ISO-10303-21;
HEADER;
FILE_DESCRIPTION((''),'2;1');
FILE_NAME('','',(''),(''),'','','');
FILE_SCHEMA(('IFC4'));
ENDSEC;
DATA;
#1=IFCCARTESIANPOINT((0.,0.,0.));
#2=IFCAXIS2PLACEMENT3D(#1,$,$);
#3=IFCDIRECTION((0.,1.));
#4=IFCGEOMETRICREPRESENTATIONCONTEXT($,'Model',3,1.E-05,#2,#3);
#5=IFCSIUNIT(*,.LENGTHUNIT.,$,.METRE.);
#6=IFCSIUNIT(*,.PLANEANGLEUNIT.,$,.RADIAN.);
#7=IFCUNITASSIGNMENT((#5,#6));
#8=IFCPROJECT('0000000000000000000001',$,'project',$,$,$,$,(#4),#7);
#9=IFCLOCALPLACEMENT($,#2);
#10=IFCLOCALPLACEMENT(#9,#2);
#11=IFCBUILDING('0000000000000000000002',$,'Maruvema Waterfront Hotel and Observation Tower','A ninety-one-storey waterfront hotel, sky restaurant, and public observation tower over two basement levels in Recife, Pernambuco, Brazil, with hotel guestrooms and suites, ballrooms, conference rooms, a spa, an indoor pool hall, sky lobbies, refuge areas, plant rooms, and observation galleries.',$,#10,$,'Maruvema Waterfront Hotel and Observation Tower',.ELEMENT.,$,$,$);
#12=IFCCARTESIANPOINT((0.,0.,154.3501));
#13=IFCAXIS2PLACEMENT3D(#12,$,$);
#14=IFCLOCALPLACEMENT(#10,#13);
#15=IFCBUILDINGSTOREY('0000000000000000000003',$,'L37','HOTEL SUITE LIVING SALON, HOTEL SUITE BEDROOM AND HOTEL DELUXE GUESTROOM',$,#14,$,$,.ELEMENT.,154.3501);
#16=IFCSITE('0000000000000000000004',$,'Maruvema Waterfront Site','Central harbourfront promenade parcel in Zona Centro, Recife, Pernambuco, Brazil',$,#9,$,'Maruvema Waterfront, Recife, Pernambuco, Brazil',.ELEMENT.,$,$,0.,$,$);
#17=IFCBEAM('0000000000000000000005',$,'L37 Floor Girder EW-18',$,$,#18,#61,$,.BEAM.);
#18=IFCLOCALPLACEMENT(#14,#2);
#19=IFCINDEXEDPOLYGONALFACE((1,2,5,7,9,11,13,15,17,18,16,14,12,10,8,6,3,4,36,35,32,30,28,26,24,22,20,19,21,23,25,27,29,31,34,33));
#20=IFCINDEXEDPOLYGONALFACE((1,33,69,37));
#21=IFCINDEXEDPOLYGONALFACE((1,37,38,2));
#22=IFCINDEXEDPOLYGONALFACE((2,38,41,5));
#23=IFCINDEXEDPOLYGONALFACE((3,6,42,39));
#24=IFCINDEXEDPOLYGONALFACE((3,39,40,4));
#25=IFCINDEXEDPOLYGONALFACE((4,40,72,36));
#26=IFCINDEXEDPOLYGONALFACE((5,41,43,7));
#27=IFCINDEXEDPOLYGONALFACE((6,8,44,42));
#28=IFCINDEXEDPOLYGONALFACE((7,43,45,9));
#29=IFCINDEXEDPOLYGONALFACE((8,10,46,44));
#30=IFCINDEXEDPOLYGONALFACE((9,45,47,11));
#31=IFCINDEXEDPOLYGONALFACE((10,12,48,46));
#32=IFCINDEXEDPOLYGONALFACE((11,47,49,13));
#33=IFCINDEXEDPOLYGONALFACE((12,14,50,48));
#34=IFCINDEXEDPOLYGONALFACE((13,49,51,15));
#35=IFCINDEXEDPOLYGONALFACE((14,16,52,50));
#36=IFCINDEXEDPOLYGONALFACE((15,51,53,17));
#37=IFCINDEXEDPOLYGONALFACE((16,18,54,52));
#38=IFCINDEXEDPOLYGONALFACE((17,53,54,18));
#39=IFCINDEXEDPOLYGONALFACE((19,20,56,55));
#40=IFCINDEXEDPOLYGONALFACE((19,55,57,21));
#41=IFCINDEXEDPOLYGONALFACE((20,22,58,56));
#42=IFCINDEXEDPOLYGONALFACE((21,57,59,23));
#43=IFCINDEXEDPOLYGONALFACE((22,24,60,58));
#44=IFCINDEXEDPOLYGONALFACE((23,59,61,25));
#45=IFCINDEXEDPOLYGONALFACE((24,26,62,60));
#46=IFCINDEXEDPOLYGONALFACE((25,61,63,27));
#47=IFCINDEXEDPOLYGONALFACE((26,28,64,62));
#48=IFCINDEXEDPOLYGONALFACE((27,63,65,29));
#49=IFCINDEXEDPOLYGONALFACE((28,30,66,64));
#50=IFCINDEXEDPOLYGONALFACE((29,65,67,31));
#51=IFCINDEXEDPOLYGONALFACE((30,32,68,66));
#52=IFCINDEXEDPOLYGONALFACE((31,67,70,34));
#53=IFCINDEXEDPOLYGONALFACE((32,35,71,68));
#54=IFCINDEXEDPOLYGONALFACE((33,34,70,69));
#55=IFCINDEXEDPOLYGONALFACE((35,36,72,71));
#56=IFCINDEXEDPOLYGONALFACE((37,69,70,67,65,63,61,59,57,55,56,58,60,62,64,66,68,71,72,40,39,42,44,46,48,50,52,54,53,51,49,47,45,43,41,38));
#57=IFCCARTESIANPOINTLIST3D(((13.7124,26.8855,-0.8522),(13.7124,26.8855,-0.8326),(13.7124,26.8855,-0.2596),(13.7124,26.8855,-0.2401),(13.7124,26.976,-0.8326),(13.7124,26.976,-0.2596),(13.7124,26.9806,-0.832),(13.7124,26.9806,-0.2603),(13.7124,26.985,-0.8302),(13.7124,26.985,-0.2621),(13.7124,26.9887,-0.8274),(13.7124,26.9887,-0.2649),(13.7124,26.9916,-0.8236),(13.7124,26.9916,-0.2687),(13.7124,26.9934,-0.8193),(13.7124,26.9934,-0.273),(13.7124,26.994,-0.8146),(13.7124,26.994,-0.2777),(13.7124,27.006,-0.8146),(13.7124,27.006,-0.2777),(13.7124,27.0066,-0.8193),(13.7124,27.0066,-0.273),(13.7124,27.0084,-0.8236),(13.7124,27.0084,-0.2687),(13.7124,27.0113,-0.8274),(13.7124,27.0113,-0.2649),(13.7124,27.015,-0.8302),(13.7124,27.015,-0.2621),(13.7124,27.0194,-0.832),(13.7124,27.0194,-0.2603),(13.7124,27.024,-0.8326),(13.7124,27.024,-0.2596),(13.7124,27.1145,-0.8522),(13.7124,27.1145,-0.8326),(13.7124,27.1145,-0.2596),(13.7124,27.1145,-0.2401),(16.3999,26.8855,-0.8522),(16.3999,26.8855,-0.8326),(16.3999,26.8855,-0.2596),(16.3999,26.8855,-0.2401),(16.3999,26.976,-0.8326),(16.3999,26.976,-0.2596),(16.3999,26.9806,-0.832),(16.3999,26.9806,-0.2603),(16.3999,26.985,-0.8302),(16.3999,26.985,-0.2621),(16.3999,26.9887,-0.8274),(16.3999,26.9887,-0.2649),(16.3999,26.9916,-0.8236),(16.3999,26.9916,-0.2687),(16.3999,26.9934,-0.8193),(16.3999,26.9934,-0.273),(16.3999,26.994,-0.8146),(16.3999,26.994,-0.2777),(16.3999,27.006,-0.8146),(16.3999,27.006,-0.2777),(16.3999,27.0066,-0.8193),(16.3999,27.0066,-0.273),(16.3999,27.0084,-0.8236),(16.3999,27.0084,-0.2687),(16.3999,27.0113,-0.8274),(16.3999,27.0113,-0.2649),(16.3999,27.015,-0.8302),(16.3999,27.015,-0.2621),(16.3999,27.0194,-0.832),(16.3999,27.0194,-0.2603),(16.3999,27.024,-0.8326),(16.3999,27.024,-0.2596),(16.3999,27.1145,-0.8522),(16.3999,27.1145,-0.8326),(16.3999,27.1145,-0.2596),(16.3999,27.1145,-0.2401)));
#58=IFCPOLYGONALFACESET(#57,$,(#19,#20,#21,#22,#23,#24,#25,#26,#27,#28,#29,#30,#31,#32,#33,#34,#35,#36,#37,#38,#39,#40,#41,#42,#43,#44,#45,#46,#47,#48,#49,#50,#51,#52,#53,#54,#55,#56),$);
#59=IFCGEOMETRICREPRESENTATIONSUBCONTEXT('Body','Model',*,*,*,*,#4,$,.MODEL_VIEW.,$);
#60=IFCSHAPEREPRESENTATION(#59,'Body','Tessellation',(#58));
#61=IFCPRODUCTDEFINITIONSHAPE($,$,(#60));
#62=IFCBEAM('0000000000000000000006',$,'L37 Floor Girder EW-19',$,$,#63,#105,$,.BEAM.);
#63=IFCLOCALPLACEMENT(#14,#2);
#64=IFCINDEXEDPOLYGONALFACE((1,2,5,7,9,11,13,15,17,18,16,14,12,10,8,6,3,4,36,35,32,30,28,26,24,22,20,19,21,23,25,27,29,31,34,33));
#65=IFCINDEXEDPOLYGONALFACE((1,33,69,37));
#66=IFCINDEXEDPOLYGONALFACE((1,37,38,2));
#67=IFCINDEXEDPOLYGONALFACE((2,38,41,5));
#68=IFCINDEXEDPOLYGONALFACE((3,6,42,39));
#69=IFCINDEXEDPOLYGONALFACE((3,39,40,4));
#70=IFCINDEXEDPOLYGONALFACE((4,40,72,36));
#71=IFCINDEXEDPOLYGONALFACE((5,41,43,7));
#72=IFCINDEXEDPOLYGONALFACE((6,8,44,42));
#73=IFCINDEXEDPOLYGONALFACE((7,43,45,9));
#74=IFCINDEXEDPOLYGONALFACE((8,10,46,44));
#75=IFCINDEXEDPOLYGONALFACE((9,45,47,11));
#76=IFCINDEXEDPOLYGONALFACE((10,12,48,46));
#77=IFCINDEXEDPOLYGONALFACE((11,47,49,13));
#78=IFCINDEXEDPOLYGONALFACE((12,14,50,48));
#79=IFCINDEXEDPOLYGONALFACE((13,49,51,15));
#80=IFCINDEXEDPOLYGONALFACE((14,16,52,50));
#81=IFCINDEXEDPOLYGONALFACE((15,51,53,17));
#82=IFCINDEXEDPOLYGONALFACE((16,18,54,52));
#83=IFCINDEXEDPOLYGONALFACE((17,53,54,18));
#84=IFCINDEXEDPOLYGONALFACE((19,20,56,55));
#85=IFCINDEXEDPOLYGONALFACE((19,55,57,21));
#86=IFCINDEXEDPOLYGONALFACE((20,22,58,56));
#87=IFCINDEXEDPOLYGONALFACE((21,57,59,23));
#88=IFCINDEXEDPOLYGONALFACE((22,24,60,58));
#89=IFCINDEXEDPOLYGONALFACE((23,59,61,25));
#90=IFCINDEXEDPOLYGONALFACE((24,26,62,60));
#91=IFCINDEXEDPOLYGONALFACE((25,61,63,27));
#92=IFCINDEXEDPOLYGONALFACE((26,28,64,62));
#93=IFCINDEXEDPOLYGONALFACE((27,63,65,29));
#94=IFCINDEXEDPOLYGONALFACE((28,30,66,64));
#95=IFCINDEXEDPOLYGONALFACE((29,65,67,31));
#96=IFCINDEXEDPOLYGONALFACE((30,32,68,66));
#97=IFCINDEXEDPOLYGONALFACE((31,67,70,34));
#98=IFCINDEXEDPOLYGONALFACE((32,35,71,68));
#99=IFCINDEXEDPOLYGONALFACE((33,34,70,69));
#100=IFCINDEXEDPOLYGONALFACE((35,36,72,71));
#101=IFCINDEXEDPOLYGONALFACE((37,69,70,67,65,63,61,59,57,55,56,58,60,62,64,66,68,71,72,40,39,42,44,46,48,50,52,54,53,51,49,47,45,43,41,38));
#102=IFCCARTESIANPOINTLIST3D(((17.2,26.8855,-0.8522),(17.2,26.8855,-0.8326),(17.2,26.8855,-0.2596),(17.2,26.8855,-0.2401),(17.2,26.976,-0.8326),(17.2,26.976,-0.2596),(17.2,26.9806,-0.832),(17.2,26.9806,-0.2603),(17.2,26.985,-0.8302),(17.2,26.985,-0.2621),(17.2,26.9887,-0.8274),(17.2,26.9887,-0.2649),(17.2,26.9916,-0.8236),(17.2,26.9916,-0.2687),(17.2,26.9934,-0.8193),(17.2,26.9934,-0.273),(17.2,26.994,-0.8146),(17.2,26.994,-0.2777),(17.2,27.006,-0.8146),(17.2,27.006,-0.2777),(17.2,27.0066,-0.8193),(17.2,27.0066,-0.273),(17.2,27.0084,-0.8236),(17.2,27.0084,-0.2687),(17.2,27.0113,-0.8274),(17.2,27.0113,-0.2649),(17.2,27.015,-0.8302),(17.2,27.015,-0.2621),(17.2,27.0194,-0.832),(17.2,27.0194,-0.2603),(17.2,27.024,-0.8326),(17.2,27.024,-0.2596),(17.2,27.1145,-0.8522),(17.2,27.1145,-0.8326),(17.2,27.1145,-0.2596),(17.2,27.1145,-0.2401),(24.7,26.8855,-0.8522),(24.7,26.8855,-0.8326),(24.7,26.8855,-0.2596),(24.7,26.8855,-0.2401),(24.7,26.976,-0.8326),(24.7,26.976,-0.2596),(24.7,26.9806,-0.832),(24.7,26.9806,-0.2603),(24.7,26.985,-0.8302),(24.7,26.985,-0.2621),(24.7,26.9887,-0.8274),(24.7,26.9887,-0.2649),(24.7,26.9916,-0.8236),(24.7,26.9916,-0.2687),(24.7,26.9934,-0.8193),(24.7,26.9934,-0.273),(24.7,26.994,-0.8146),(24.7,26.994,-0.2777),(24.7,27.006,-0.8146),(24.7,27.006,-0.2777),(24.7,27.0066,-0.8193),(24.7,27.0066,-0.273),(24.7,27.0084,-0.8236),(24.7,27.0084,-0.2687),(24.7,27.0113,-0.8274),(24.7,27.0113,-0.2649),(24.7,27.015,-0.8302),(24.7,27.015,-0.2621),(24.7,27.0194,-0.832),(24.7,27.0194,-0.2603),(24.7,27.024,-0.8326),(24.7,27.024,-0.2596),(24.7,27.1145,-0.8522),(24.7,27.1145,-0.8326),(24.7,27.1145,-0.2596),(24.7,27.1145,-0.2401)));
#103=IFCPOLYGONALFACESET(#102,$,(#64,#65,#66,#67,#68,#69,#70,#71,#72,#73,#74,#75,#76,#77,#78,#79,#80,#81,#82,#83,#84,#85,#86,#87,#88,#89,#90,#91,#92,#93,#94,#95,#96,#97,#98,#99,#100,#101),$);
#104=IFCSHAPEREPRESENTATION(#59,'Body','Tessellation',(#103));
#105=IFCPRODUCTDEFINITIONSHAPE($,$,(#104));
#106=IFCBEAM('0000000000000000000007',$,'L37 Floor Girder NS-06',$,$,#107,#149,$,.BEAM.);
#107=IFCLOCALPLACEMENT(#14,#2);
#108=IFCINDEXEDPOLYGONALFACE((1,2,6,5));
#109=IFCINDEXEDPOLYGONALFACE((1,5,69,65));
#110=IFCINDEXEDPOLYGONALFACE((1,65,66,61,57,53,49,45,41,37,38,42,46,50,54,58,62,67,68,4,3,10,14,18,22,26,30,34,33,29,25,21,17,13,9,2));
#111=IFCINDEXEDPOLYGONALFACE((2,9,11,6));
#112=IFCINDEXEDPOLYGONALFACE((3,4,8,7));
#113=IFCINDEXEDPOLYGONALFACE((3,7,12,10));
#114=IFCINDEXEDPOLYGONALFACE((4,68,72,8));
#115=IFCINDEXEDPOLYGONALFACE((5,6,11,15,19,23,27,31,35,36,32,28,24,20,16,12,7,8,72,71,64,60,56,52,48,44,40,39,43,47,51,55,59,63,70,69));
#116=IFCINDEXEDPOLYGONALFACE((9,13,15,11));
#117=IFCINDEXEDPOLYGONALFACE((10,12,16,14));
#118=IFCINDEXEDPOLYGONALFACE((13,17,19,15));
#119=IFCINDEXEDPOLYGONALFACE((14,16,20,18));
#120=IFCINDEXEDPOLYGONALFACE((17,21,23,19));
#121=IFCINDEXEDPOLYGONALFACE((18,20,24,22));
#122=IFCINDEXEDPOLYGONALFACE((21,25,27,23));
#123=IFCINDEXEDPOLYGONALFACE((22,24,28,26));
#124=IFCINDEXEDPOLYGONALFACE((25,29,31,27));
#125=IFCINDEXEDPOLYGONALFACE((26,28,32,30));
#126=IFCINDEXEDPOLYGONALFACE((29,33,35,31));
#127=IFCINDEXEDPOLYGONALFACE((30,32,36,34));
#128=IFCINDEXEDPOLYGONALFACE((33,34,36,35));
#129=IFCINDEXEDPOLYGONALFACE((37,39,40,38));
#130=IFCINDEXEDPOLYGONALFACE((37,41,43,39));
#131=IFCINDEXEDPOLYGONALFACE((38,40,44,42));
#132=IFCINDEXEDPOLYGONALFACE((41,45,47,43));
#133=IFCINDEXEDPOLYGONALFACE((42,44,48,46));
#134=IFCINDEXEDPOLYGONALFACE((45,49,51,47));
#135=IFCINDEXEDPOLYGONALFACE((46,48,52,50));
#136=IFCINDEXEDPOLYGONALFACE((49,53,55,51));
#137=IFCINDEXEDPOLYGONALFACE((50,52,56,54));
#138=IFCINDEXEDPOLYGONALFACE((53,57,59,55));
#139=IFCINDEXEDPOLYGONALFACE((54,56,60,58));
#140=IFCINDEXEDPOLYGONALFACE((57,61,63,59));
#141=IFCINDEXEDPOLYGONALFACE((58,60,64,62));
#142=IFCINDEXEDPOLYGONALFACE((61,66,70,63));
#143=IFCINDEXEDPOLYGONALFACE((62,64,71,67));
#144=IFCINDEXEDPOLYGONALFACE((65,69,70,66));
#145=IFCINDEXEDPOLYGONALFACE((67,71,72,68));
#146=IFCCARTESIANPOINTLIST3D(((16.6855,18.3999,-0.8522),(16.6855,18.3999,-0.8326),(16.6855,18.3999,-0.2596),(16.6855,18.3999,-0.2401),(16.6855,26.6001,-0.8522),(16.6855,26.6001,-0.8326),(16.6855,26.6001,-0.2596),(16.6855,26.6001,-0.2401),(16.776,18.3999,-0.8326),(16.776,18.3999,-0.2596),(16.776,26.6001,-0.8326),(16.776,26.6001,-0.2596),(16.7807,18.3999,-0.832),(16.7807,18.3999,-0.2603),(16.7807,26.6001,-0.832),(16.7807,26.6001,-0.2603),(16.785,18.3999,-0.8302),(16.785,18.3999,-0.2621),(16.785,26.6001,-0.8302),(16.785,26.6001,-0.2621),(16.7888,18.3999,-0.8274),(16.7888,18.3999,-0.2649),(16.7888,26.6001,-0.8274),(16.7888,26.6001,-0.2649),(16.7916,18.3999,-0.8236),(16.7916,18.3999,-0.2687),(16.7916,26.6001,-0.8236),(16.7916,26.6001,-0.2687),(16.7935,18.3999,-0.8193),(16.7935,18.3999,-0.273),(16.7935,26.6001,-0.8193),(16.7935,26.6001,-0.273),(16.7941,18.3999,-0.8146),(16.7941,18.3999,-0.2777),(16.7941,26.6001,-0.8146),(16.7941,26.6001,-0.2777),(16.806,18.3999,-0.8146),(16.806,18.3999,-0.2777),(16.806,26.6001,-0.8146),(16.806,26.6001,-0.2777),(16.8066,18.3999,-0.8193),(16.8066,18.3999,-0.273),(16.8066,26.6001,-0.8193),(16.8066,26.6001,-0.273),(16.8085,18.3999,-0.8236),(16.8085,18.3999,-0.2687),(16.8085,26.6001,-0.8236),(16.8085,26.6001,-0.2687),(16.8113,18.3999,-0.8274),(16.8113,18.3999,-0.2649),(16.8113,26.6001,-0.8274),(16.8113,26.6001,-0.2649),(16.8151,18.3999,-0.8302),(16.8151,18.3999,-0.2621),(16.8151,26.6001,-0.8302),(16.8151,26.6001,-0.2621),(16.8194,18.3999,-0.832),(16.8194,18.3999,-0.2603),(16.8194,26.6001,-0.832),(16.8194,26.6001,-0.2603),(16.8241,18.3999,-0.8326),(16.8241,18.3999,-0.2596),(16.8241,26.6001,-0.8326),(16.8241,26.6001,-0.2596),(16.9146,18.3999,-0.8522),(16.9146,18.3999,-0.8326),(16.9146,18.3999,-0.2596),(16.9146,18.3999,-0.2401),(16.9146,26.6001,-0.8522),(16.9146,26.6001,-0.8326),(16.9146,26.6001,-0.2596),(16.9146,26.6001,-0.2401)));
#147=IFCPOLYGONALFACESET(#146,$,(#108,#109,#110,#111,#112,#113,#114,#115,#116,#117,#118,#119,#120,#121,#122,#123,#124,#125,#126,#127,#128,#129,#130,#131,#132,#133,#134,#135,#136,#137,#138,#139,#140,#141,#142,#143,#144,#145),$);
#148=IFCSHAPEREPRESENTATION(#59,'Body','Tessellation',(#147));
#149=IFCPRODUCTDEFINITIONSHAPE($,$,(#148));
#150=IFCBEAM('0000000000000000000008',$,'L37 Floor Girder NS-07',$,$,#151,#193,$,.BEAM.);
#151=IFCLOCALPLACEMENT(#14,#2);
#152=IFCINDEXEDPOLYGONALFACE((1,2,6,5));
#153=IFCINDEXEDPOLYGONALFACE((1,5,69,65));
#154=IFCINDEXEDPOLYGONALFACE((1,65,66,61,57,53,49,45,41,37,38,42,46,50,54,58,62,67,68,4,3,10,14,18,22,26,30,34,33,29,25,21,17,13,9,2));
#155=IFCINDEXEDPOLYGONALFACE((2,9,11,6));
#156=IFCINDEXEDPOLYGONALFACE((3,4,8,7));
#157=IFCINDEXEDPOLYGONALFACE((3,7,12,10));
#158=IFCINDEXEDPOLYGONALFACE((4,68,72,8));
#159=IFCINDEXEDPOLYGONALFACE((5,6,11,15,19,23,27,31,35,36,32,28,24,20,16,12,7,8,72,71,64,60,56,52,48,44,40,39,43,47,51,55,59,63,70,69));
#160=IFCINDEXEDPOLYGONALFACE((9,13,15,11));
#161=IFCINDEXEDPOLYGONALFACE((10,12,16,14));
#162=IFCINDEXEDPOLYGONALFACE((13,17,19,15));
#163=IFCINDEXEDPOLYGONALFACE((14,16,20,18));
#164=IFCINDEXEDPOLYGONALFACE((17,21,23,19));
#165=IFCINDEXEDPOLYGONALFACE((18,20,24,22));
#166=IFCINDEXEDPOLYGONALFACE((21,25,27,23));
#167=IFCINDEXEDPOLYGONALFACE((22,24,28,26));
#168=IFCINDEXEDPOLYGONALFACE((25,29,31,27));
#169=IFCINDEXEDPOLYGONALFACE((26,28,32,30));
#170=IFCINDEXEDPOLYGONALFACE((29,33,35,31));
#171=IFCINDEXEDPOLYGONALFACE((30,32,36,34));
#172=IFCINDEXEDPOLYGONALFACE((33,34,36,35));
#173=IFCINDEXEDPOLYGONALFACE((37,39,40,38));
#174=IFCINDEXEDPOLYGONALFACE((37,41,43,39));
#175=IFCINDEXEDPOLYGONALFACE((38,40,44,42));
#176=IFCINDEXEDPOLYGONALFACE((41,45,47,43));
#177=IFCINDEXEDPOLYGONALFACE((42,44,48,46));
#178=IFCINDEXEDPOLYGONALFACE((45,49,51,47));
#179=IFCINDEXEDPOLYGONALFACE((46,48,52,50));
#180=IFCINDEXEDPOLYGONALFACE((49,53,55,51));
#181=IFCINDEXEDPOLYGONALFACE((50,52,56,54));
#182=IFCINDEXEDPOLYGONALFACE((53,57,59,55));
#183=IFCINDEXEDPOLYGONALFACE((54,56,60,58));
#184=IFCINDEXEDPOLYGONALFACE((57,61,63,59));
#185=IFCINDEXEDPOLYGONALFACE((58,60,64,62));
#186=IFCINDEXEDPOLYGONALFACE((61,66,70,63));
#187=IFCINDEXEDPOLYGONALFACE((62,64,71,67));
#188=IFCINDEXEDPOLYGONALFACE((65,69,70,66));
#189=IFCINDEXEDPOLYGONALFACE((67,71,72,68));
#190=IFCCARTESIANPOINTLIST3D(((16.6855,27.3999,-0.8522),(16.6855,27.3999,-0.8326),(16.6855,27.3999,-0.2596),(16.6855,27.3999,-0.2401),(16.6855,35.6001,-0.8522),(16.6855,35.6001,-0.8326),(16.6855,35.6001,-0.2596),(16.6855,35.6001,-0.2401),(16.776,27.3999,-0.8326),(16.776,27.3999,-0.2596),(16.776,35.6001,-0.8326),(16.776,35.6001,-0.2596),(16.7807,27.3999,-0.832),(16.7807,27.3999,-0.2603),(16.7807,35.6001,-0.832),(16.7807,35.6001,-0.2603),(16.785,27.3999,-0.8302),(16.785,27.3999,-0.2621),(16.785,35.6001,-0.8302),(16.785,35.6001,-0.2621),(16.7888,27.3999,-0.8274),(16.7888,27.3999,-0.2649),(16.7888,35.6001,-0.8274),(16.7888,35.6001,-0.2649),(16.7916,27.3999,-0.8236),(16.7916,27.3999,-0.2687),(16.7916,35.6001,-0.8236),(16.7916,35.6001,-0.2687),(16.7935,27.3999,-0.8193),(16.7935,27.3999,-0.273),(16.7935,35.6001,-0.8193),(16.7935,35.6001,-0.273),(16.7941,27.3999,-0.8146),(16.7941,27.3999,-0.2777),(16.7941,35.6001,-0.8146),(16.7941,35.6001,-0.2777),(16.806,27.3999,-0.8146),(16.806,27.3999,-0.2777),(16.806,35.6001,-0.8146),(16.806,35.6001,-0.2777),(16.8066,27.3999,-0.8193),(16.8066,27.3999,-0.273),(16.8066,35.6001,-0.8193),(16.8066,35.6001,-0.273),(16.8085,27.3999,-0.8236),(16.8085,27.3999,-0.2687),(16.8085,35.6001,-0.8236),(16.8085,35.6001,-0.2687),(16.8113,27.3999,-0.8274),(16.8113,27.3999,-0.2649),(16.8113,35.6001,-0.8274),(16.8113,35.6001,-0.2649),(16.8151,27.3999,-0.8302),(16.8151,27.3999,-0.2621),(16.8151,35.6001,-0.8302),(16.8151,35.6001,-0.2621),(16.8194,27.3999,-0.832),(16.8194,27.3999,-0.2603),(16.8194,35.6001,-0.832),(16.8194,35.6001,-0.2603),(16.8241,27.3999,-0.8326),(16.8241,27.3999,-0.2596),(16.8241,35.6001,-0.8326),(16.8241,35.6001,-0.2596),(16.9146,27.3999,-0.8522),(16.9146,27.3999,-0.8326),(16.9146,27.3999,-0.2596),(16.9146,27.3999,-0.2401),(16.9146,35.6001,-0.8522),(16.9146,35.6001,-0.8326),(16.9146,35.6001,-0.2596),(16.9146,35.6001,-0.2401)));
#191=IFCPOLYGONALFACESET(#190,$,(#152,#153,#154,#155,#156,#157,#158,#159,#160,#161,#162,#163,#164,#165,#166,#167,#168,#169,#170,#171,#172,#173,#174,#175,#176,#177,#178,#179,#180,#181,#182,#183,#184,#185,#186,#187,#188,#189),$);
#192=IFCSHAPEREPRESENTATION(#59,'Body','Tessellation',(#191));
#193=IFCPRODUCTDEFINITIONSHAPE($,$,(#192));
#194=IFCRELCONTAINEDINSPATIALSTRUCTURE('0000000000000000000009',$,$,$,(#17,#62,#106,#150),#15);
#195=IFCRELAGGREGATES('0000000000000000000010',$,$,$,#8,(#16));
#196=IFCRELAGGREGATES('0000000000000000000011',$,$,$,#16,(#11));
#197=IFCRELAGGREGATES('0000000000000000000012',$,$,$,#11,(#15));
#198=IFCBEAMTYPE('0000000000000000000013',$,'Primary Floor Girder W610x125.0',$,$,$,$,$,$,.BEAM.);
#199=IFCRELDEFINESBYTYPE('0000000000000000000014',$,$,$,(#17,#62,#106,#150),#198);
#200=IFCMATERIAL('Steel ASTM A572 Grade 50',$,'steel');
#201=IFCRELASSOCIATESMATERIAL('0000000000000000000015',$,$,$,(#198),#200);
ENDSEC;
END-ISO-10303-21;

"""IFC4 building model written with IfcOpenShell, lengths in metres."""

from ifc_helpers import new_model, si_unit, direction, frame, origin, origin_2d, place, context, subcontext, project, spatial, i_section, extrude, material, material_profile, profile_set, type_object, element, save


model = new_model("IFC4")

# Units and contexts
model_context = context("Model", 3, precision=1e-05, world=origin(), true_north=direction((0.0, 1.0)))
body_context = subcontext(model_context, "Body", "Model", "MODEL_VIEW")
ifc_project = project(units=[si_unit("LENGTHUNIT", "METRE"), si_unit("PLANEANGLEUNIT", "RADIAN")], contexts=[model_context])

# Site, building, storey
site_placement = place(None, origin())
site = spatial("IfcSite", under=ifc_project, at=site_placement, Name="Maruvema Waterfront Site", Description="Central harbourfront promenade parcel in Zona Centro, Recife, Pernambuco, Brazil", LongName="Maruvema Waterfront, Recife, Pernambuco, Brazil", CompositionType="ELEMENT", RefElevation=0.0)
building_placement = place(site_placement, origin())
building = spatial("IfcBuilding", under=site, at=building_placement, Name="Maruvema Waterfront Hotel and Observation Tower", Description="A ninety-one-storey waterfront hotel, sky restaurant, and public observation tower over two basement levels in Recife, Pernambuco, Brazil, with hotel guestrooms and suites, ballrooms, conference rooms, a spa, an indoor pool hall, sky lobbies, refuge areas, plant rooms, and observation galleries.", LongName="Maruvema Waterfront Hotel and Observation Tower", CompositionType="ELEMENT")
storey_placement = place(building_placement, frame((0.0, 0.0, 154.3501)))
storey = spatial("IfcBuildingStorey", under=building, at=storey_placement, Name="L37", Description="HOTEL SUITE LIVING SALON, HOTEL SUITE BEDROOM AND HOTEL DELUXE GUESTROOM", CompositionType="ELEMENT", Elevation=154.3501)

# Beams
ifc_material_1 = material(Name="Steel ASTM A572 Grade 50", Category="steel")
ifc_material_profile_1 = material_profile(ifc_material_1, i_section(OverallWidth=0.229, OverallDepth=0.6121, WebThickness=0.012, FlangeThickness=0.0195, FilletRadius=0.0181, at=origin_2d()), Name="W610x125.0")
ifc_profile_set_1 = profile_set([ifc_material_profile_1], Name="Steel ASTM A572 Grade 50")
beam_type_1 = type_object("IfcBeamType", Name="Primary Floor Girder W610x125.0", PredefinedType="BEAM", material=ifc_profile_set_1)
beam_1_placement = place(storey_placement, frame((13.7124, 27.0, -0.5461), z_axis=(1.0, 0.0, 0.0), x_axis=(0.0, 1.0, 0.0)))
element("IfcBeam", 1, at=beam_1_placement, inside=storey, type_object=beam_type_1, Name="L37 Floor Girder EW-18", PredefinedType="BEAM", context=body_context, shape_type="SweptSolid", body=[
    extrude(i_section(OverallWidth=0.229, OverallDepth=0.6121, WebThickness=0.012, FlangeThickness=0.0195, FilletRadius=0.0181, at=origin_2d()), origin(), (0.0, 0.0, 1.0), 2.6875),
])
beam_2_placement = place(storey_placement, frame((17.2, 27.0, -0.5461), z_axis=(1.0, 0.0, 0.0), x_axis=(0.0, 1.0, 0.0)))
element("IfcBeam", 2, at=beam_2_placement, inside=storey, type_object=beam_type_1, Name="L37 Floor Girder EW-19", PredefinedType="BEAM", context=body_context, shape_type="SweptSolid", body=[
    extrude(i_section(OverallWidth=0.229, OverallDepth=0.6121, WebThickness=0.012, FlangeThickness=0.0195, FilletRadius=0.0181, at=origin_2d()), origin(), (0.0, 0.0, 1.0), 7.5),
])
for number, where, z_axis, x_axis, name in (
    (3, (16.8, 18.3999, -0.5461), (0.0, 1.0, 0.0), (-1.0, 0.0, 0.0), "L37 Floor Girder NS-06"),
    (4, (16.8, 27.3999, -0.5461), (0.0, 1.0, 0.0), (-1.0, 0.0, 0.0), "L37 Floor Girder NS-07"),
):
    element("IfcBeam", number, at=place(storey_placement, frame(where, z_axis=z_axis, x_axis=x_axis)), inside=storey, type_object=beam_type_1, Name=name, PredefinedType="BEAM", context=body_context, shape_type="SweptSolid", body=[
        extrude(i_section(OverallWidth=0.229, OverallDepth=0.6121, WebThickness=0.012, FlangeThickness=0.0195, FilletRadius=0.0181, at=origin_2d()), origin(), (0.0, 0.0, 1.0), 8.2002),
    ])

save(model, "model.ifc")
